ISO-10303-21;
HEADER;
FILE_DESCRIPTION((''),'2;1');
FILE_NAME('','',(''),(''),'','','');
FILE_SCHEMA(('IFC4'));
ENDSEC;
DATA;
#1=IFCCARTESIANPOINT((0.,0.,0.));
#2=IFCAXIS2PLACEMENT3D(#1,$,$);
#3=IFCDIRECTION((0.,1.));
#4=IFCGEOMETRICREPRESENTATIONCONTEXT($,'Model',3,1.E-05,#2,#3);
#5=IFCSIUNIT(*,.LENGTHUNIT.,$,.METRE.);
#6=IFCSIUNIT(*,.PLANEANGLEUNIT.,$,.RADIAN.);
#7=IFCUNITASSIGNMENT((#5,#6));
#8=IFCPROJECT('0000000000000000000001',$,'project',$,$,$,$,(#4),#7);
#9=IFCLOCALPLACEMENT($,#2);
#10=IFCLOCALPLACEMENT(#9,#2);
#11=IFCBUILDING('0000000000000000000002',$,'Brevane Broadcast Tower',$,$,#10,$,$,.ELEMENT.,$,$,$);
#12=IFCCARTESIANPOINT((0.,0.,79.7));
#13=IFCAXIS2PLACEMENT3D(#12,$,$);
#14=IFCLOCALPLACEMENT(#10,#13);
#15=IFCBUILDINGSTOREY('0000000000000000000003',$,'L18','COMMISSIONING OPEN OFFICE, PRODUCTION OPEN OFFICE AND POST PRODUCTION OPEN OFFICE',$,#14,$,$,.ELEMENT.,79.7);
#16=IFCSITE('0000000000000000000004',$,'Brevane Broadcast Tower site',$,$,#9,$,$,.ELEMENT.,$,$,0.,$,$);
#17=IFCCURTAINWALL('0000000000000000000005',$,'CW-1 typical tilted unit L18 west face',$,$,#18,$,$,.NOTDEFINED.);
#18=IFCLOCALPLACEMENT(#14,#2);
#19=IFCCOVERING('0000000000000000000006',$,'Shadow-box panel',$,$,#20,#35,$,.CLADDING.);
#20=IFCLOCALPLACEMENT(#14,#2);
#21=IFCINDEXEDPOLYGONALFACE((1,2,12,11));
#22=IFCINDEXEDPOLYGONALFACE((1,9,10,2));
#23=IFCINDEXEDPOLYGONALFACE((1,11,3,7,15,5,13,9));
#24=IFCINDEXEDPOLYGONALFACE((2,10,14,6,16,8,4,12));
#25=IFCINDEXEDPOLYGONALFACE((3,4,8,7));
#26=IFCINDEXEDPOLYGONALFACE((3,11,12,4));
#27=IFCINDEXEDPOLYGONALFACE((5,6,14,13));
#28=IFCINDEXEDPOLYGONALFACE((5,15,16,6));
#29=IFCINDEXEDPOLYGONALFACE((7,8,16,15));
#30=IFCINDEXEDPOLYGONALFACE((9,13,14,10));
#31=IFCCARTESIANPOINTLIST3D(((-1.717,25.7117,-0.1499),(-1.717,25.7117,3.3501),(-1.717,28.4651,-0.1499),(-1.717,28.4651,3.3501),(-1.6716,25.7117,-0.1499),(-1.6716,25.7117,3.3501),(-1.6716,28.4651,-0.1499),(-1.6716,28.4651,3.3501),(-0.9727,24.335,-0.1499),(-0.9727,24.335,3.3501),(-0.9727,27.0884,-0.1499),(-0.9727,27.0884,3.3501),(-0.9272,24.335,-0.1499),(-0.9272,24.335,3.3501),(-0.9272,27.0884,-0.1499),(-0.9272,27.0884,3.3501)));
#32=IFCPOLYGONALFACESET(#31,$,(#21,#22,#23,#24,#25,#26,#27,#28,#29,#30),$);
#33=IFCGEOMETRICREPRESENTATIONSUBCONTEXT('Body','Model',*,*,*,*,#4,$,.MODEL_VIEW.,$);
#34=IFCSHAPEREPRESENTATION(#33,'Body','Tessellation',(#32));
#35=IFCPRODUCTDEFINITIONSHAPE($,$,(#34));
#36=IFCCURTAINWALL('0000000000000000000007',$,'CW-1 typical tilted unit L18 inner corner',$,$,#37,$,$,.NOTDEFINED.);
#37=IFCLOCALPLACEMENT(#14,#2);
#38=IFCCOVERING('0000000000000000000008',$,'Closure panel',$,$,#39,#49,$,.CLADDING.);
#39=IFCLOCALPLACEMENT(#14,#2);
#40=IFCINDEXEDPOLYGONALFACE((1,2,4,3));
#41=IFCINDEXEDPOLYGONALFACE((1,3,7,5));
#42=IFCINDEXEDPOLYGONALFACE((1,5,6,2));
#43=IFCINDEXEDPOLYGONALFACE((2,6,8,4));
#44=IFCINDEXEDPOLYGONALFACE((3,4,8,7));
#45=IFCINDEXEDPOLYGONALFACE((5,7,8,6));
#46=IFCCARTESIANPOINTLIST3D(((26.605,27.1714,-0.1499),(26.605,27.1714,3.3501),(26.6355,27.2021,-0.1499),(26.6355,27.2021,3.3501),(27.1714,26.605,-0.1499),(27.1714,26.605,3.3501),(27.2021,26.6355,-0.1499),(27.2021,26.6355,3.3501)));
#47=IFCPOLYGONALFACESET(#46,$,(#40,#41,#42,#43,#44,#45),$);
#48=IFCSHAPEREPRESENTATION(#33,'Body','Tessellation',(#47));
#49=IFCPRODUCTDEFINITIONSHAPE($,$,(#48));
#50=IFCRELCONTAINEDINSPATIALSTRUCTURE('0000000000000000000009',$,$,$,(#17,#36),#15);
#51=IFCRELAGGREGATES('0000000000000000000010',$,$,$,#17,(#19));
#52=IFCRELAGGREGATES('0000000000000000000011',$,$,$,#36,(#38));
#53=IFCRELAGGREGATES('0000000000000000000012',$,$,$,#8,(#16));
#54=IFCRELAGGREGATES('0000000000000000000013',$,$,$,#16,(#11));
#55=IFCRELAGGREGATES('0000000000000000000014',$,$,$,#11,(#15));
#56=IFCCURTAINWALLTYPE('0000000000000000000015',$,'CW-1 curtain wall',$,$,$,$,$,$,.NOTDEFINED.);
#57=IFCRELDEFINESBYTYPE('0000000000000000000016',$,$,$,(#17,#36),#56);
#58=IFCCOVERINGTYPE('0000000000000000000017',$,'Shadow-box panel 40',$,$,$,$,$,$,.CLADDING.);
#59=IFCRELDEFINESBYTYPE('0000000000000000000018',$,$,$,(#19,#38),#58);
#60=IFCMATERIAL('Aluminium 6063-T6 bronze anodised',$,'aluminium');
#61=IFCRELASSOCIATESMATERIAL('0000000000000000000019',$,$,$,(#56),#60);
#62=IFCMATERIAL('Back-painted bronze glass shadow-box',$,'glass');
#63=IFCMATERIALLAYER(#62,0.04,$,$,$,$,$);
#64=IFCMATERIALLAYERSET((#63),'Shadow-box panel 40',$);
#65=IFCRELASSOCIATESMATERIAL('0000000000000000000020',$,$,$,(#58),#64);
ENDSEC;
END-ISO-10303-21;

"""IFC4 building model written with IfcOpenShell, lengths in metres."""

from ifc_helpers import new_model, si_unit, direction, frame, origin, place, context, subcontext, project, spatial, polyline, outline, extrude, material, layer, layer_set, type_object, element, aggregate, save


model = new_model("IFC4")

# Units and contexts
model_context = context("Model", 3, precision=1e-05, world=origin(), true_north=direction((0.0, 1.0)))
body_context = subcontext(model_context, "Body", "Model", "MODEL_VIEW")
ifc_project = project(units=[si_unit("LENGTHUNIT", "METRE"), si_unit("PLANEANGLEUNIT", "RADIAN")], contexts=[model_context])

# Site, building, storey
site_placement = place(None, origin())
site = spatial("IfcSite", under=ifc_project, at=site_placement, Name="Brevane Broadcast Tower site", CompositionType="ELEMENT", RefElevation=0.0)
building_placement = place(site_placement, origin())
building = spatial("IfcBuilding", under=site, at=building_placement, Name="Brevane Broadcast Tower", CompositionType="ELEMENT")
storey_placement = place(building_placement, frame((0.0, 0.0, 79.7)))
storey = spatial("IfcBuildingStorey", under=building, at=storey_placement, Name="L18", Description="COMMISSIONING OPEN OFFICE, PRODUCTION OPEN OFFICE AND POST PRODUCTION OPEN OFFICE", CompositionType="ELEMENT", Elevation=79.7)

# Shared definitions
ifc_material_1 = material(Name="Aluminium 6063-T6 bronze anodised", Category="aluminium")
curtain_wall_type = type_object("IfcCurtainWallType", Name="CW-1 curtain wall", PredefinedType="NOTDEFINED", material=ifc_material_1)

# Curtain wall
curtain_wall_1_placement = place(storey_placement, origin())
curtain_wall_1 = element("IfcCurtainWall", 1, at=curtain_wall_1_placement, inside=storey, type_object=curtain_wall_type, Name="CW-1 typical tilted unit L18 west face", PredefinedType="NOTDEFINED")

# Covering
ifc_material_2 = material(Name="Back-painted bronze glass shadow-box", Category="glass")
ifc_layer_1 = layer(ifc_material_2, 0.04)
ifc_layer_set_1 = layer_set([ifc_layer_1], Name="Shadow-box panel 40")
covering_type = type_object("IfcCoveringType", Name="Shadow-box panel 40", PredefinedType="CLADDING", material=ifc_layer_set_1)
covering_1_placement = place(storey_placement, frame((0.0, 0.0, -0.1499)))
covering_1 = element("IfcCovering", 2, at=covering_1_placement, type_object=covering_type, Name="Shadow-box panel", PredefinedType="CLADDING", context=body_context, shape_type="SweptSolid", body=[
    extrude(outline(polyline([(-1.6716, 28.4651), (-1.717, 28.4651), (-0.9727, 27.0884), (-1.717, 25.7117), (-0.9727, 24.335), (-0.9272, 24.335), (-1.6716, 25.7117), (-0.9272, 27.0884), (-1.6716, 28.4651)])), origin(), (0.0, 0.0, 1.0), 3.5),
])
aggregate(curtain_wall_1, [covering_1])

# Curtain wall, covering
curtain_wall_2_placement = place(storey_placement, origin())
curtain_wall_2 = element("IfcCurtainWall", 3, at=curtain_wall_2_placement, inside=storey, type_object=curtain_wall_type, Name="CW-1 typical tilted unit L18 inner corner", PredefinedType="NOTDEFINED")
covering_2_placement = place(storey_placement, frame((0.0, 0.0, -0.1499)))
covering_2 = element("IfcCovering", 4, at=covering_2_placement, type_object=covering_type, Name="Closure panel", PredefinedType="CLADDING", context=body_context, shape_type="SweptSolid", body=[
    extrude(outline(polyline([(27.1714, 26.605), (27.2021, 26.6355), (26.6355, 27.2021), (26.605, 27.1714), (27.1714, 26.605)])), origin(), (0.0, 0.0, 1.0), 3.5),
])
aggregate(curtain_wall_2, [covering_2])

save(model, "model.ifc")
